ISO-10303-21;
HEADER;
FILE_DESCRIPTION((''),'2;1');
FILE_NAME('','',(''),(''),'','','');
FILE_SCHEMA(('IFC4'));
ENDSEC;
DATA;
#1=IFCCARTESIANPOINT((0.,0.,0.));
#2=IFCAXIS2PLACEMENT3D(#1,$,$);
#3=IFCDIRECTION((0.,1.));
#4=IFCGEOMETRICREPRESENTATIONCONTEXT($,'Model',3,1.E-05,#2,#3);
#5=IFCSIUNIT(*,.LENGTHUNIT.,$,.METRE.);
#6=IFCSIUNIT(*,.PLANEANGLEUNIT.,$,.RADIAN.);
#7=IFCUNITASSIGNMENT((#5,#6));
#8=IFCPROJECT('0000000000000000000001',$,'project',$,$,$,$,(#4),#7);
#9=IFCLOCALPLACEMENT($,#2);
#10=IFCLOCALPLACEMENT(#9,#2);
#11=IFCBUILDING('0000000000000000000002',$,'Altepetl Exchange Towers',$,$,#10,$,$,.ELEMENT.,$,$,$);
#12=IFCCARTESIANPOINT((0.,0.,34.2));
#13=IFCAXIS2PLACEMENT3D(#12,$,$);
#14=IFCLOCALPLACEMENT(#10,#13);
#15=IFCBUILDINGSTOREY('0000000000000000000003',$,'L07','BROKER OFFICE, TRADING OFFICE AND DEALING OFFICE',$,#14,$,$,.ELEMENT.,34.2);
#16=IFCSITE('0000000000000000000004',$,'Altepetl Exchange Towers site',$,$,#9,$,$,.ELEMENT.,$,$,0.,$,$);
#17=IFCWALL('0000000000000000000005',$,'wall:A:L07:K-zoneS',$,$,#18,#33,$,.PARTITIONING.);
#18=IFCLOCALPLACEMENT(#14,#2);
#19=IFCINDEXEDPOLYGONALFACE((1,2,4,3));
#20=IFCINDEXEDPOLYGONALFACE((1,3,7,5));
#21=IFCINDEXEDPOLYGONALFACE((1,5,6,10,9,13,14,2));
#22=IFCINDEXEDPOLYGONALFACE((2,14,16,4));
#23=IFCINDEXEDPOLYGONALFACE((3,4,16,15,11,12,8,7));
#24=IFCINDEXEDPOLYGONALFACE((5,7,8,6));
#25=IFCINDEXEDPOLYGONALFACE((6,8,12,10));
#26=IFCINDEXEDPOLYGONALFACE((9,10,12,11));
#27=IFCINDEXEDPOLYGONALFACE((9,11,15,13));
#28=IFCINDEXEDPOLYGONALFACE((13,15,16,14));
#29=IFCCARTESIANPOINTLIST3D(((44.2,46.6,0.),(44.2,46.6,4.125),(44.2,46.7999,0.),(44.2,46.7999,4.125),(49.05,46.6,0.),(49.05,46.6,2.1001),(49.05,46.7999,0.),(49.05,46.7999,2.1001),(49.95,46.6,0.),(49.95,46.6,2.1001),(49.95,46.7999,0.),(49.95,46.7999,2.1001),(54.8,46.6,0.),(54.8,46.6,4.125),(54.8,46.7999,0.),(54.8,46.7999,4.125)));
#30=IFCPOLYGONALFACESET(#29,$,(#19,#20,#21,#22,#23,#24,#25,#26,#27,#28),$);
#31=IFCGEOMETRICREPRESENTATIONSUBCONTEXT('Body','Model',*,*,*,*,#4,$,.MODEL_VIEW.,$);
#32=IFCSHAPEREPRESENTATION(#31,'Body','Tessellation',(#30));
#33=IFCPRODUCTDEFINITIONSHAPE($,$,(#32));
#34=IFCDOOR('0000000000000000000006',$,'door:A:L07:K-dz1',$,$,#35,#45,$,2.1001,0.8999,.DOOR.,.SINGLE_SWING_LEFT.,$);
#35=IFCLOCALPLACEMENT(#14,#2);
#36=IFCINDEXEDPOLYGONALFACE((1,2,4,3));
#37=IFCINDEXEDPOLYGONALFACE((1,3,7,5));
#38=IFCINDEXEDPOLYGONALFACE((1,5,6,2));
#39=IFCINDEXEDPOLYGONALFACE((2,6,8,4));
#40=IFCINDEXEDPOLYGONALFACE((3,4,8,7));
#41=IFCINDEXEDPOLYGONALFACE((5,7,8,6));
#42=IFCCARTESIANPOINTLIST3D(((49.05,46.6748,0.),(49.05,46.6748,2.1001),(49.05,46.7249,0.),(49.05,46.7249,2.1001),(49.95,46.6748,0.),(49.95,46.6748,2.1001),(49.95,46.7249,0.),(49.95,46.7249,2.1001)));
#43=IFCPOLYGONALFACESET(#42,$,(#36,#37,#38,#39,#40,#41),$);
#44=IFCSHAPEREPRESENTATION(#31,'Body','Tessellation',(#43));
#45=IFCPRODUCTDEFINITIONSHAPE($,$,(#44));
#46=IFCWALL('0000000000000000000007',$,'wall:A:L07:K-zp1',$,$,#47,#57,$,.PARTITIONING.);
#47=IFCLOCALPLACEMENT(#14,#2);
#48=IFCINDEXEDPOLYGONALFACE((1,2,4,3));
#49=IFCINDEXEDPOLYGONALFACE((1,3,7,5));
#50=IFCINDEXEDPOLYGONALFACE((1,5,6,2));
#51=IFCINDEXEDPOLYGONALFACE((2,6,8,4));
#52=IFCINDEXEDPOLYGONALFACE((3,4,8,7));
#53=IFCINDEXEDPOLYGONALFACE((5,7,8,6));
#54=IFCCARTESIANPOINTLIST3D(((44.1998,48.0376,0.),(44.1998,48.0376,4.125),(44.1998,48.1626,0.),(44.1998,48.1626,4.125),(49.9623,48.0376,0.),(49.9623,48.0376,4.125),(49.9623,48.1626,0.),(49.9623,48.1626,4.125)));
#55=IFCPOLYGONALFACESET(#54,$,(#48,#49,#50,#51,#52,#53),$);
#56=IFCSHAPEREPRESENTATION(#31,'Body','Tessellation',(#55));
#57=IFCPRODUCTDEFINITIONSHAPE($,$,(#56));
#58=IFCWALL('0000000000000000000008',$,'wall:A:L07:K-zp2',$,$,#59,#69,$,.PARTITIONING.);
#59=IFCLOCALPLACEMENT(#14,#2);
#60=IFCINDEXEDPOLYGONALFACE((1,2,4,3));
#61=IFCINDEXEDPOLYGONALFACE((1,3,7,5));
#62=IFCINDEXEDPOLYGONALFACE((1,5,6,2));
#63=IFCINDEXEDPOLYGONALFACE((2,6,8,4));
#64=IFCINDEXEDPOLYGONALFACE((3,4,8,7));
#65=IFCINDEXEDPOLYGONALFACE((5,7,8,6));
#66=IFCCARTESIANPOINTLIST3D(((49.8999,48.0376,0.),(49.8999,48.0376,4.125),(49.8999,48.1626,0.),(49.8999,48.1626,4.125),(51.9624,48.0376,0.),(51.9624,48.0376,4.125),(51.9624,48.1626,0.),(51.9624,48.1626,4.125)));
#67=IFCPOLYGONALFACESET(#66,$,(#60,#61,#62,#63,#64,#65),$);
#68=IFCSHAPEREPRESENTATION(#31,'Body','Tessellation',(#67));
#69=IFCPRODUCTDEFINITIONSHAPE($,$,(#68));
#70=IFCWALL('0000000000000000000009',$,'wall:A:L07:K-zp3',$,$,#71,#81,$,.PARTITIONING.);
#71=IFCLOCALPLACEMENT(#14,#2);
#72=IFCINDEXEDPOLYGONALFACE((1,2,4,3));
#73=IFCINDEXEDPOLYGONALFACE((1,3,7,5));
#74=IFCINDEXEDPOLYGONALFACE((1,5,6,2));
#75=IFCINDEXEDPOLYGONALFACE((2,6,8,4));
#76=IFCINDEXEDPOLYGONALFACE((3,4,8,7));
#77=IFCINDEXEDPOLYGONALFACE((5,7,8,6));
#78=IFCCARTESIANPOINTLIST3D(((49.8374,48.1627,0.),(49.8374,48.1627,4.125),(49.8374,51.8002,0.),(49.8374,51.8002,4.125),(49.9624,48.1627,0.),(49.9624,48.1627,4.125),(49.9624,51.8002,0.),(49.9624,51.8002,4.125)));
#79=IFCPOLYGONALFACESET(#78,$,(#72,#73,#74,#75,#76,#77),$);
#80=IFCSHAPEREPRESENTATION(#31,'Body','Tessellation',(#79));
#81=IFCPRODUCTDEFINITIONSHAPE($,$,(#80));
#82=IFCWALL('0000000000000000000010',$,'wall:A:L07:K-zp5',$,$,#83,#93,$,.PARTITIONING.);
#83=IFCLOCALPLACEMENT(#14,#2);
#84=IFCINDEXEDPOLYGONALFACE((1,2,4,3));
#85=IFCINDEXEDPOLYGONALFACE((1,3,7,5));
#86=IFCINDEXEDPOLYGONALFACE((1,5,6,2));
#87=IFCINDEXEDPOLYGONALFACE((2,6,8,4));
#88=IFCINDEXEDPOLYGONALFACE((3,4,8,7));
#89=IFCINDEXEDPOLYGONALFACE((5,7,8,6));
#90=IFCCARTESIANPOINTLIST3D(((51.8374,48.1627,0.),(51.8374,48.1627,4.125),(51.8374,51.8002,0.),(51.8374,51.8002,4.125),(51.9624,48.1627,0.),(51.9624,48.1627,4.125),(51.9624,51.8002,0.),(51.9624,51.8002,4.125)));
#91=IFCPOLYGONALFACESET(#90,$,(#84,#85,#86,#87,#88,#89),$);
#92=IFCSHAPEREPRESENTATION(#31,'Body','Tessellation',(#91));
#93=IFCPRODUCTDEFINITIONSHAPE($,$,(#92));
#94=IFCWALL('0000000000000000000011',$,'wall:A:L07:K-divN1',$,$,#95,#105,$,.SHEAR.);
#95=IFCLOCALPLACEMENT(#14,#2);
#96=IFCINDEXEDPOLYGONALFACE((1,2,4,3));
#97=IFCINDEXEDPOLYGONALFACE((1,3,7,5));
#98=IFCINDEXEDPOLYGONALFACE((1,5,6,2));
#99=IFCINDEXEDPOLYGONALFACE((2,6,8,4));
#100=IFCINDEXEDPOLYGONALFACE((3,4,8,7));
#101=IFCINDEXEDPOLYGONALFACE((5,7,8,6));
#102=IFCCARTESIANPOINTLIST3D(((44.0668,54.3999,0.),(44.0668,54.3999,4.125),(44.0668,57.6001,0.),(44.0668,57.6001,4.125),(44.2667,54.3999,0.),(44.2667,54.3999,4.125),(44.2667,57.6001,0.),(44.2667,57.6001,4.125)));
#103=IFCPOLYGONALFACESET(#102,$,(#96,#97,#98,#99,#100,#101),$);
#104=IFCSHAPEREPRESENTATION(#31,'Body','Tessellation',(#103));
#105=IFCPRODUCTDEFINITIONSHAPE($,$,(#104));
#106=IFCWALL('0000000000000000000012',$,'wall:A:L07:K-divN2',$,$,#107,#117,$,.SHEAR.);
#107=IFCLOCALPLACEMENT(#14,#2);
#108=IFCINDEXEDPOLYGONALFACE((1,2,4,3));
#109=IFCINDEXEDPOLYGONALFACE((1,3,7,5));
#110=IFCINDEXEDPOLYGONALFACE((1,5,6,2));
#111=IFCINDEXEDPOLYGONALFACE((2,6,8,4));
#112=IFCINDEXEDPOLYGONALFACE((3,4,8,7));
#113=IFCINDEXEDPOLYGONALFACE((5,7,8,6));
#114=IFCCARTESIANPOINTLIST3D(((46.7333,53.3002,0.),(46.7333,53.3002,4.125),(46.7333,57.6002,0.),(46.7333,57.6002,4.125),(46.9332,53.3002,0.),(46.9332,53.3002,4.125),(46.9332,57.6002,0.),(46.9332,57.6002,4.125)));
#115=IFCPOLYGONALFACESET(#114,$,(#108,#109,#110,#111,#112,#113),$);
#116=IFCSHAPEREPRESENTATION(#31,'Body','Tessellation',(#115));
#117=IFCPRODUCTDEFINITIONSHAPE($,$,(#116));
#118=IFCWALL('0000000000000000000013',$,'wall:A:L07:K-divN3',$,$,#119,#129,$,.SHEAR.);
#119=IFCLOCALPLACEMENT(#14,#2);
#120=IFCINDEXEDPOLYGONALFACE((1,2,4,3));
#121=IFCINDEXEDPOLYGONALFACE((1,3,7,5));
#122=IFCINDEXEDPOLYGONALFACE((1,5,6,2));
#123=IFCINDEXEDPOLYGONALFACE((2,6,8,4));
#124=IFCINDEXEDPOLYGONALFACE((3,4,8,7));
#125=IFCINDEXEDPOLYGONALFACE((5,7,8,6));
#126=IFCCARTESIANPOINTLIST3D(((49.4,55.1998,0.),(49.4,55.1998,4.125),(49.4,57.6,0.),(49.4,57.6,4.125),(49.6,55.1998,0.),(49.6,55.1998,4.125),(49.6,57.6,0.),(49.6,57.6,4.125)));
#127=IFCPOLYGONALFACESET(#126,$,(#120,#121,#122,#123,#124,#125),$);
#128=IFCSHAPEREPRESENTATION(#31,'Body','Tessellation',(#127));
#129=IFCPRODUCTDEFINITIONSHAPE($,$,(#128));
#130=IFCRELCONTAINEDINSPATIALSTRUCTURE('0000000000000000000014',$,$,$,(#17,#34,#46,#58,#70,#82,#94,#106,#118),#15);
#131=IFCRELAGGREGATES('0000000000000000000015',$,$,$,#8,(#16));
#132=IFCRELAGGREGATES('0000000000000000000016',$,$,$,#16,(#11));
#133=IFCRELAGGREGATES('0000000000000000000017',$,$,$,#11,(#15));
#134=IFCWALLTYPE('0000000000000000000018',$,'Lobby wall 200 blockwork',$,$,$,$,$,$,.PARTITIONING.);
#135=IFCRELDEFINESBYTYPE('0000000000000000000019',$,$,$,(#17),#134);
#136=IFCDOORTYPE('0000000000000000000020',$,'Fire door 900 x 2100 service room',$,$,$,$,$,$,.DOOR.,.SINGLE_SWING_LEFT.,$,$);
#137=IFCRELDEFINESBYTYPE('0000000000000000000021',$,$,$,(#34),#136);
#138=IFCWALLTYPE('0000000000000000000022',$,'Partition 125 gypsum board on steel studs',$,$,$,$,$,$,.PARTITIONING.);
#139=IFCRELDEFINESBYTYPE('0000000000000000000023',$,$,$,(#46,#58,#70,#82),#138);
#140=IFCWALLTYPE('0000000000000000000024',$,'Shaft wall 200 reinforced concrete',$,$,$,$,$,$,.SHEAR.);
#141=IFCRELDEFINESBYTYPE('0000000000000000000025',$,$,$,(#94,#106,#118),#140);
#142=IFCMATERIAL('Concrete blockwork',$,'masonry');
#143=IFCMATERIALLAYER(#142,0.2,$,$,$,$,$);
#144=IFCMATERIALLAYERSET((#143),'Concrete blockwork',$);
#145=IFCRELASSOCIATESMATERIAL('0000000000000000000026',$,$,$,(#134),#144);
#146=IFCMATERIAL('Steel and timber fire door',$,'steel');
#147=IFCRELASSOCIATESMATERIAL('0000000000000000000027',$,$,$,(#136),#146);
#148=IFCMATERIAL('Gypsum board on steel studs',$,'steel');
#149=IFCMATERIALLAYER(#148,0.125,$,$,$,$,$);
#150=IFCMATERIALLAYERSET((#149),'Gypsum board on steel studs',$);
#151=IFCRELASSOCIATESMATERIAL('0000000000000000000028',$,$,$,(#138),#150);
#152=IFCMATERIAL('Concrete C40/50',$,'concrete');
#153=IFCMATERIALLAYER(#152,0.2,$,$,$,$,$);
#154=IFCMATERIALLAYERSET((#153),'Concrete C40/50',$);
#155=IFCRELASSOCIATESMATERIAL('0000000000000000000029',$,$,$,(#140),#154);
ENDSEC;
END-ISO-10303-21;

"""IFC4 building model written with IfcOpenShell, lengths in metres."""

from ifc_helpers import new_model, si_unit, direction, frame, frame_2d, origin, place, context, subcontext, project, spatial, rectangle, extrude, material, layer, layer_set, type_object, element, fill, save


model = new_model("IFC4")

# Units and contexts
model_context = context("Model", 3, precision=1e-05, world=origin(), true_north=direction((0.0, 1.0)))
body_context = subcontext(model_context, "Body", "Model", "MODEL_VIEW")
ifc_project = project(units=[si_unit("LENGTHUNIT", "METRE"), si_unit("PLANEANGLEUNIT", "RADIAN")], contexts=[model_context])

# Site, building, storey
site_placement = place(None, origin())
site = spatial("IfcSite", under=ifc_project, at=site_placement, Name="Altepetl Exchange Towers site", CompositionType="ELEMENT", RefElevation=0.0)
building_placement = place(site_placement, origin())
building = spatial("IfcBuilding", under=site, at=building_placement, Name="Altepetl Exchange Towers", CompositionType="ELEMENT")
storey_placement = place(building_placement, frame((0.0, 0.0, 34.2)))
storey = spatial("IfcBuildingStorey", under=building, at=storey_placement, Name="L07", Description="BROKER OFFICE, TRADING OFFICE AND DEALING OFFICE", CompositionType="ELEMENT", Elevation=34.2)

# Shared definitions
ifc_material_1 = material(Name="Concrete blockwork", Category="masonry")
ifc_layer_1 = layer(ifc_material_1, 0.2)
ifc_layer_set_1 = layer_set([ifc_layer_1], Name="Concrete blockwork")
wall_type_1 = type_object("IfcWallType", Name="Lobby wall 200 blockwork", PredefinedType="PARTITIONING", material=ifc_layer_set_1)

# Shared definitions
ifc_material_2 = material(Name="Steel and timber fire door", Category="steel")

# Shared definitions
door_type_1 = type_object("IfcDoorType", Name="Fire door 900 x 2100 service room", OperationType="SINGLE_SWING_LEFT", PredefinedType="DOOR", material=ifc_material_2)

# Wall, opening, door
wall_1_placement = place(storey_placement, frame((44.2, 46.7, 0.0)))
wall_1 = element("IfcWall", 1, at=wall_1_placement, inside=storey, type_object=wall_type_1, Name="wall:A:L07:K-zoneS", PredefinedType="PARTITIONING", context=body_context, shape_type="SweptSolid", body=[
    extrude(rectangle(XDim=10.6001, YDim=0.2, at=frame_2d((5.3, 0.0))), origin(), (0.0, 0.0, 1.0), 4.125),
])
opening_1_placement = place(wall_1_placement, frame((4.8501, 0.0, 0.0)))
opening_1 = element("IfcOpeningElement", 2, at=opening_1_placement, cuts=wall_1, PredefinedType="OPENING", context=body_context, shape_type="SweptSolid", body=[
    extrude(rectangle(XDim=0.8999, YDim=2.1001, at=frame_2d((0.45, 1.05))), frame((0.0, 0.1099, 0.0), z_axis=(0.0, -1.0, 0.0), x_axis=(1.0, 0.0, 0.0)), (0.0, 0.0, 1.0), 0.22),
])
door_1_placement = place(opening_1_placement, origin())
door_1 = element("IfcDoor", 3, at=door_1_placement, inside=storey, type_object=door_type_1, Name="door:A:L07:K-dz1", OperationType="SINGLE_SWING_LEFT", OverallHeight=2.1001, OverallWidth=0.8999, PredefinedType="DOOR", context=body_context, shape_type="SweptSolid", body=[
    extrude(rectangle(XDim=0.8999, YDim=2.1001, at=frame_2d((0.45, 1.05))), frame((0.0, 0.0249, 0.0), z_axis=(0.0, -1.0, 0.0), x_axis=(1.0, 0.0, 0.0)), (0.0, 0.0, 1.0), 0.05),
])
fill(opening_1, door_1)

# Walls
ifc_material_3 = material(Name="Gypsum board on steel studs", Category="steel")
ifc_layer_2 = layer(ifc_material_3, 0.125)
ifc_layer_set_2 = layer_set([ifc_layer_2], Name="Gypsum board on steel studs")
wall_type_2 = type_object("IfcWallType", Name="Partition 125 gypsum board on steel studs", PredefinedType="PARTITIONING", material=ifc_layer_set_2)
wall_2_placement = place(storey_placement, frame((49.9624, 48.1001, 0.0), z_axis=(0.0, 0.0, 1.0), x_axis=(-1.0, 0.0, 0.0)))
element("IfcWall", 4, at=wall_2_placement, inside=storey, type_object=wall_type_2, Name="wall:A:L07:K-zp1", PredefinedType="PARTITIONING", context=body_context, shape_type="SweptSolid", body=[
    extrude(rectangle(XDim=5.7625, YDim=0.125, at=frame_2d((2.8813, 0.0))), origin(), (0.0, 0.0, 1.0), 4.125),
])
wall_3_placement = place(storey_placement, frame((51.9624, 48.1001, 0.0), z_axis=(0.0, 0.0, 1.0), x_axis=(-1.0, 0.0, 0.0)))
element("IfcWall", 5, at=wall_3_placement, inside=storey, type_object=wall_type_2, Name="wall:A:L07:K-zp2", PredefinedType="PARTITIONING", context=body_context, shape_type="SweptSolid", body=[
    extrude(rectangle(XDim=2.0625, YDim=0.125, at=frame_2d((1.0312, 0.0))), origin(), (0.0, 0.0, 1.0), 4.125),
])
for number, where, z_axis, x_axis, name in (
    (6, (49.8999, 48.1626, 0.0), (0.0, 0.0, 1.0), (0.0, 1.0, 0.0), "wall:A:L07:K-zp3"),
    (7, (51.8999, 48.1626, 0.0), (0.0, 0.0, 1.0), (0.0, 1.0, 0.0), "wall:A:L07:K-zp5"),
):
    element("IfcWall", number, at=place(storey_placement, frame(where, z_axis=z_axis, x_axis=x_axis)), inside=storey, type_object=wall_type_2, Name=name, PredefinedType="PARTITIONING", context=body_context, shape_type="SweptSolid", body=[
        extrude(rectangle(XDim=3.6375, YDim=0.125, at=frame_2d((1.8188, 0.0))), origin(), (0.0, 0.0, 1.0), 4.125),
    ])
ifc_material_4 = material(Name="Concrete C40/50", Category="concrete")
ifc_layer_3 = layer(ifc_material_4, 0.2)
ifc_layer_set_3 = layer_set([ifc_layer_3], Name="Concrete C40/50")
wall_type_3 = type_object("IfcWallType", Name="Shaft wall 200 reinforced concrete", PredefinedType="SHEAR", material=ifc_layer_set_3)
wall_4_placement = place(storey_placement, frame((44.1667, 57.6001, 0.0), z_axis=(0.0, 0.0, 1.0), x_axis=(0.0, -1.0, 0.0)))
element("IfcWall", 8, at=wall_4_placement, inside=storey, type_object=wall_type_3, Name="wall:A:L07:K-divN1", PredefinedType="SHEAR", context=body_context, shape_type="SweptSolid", body=[
    extrude(rectangle(XDim=3.2002, YDim=0.2, at=frame_2d((1.6001, 0.0))), origin(), (0.0, 0.0, 1.0), 4.125),
])
wall_5_placement = place(storey_placement, frame((46.8333, 57.6001, 0.0), z_axis=(0.0, 0.0, 1.0), x_axis=(0.0, -1.0, 0.0)))
element("IfcWall", 9, at=wall_5_placement, inside=storey, type_object=wall_type_3, Name="wall:A:L07:K-divN2", PredefinedType="SHEAR", context=body_context, shape_type="SweptSolid", body=[
    extrude(rectangle(XDim=4.3, YDim=0.2, at=frame_2d((2.1499, 0.0))), origin(), (0.0, 0.0, 1.0), 4.125),
])
wall_6_placement = place(storey_placement, frame((49.5, 57.6001, 0.0), z_axis=(0.0, 0.0, 1.0), x_axis=(0.0, -1.0, 0.0)))
element("IfcWall", 10, at=wall_6_placement, inside=storey, type_object=wall_type_3, Name="wall:A:L07:K-divN3", PredefinedType="SHEAR", context=body_context, shape_type="SweptSolid", body=[
    extrude(rectangle(XDim=2.4001, YDim=0.2, at=frame_2d((1.2002, 0.0))), origin(), (0.0, 0.0, 1.0), 4.125),
])

save(model, "model.ifc")
